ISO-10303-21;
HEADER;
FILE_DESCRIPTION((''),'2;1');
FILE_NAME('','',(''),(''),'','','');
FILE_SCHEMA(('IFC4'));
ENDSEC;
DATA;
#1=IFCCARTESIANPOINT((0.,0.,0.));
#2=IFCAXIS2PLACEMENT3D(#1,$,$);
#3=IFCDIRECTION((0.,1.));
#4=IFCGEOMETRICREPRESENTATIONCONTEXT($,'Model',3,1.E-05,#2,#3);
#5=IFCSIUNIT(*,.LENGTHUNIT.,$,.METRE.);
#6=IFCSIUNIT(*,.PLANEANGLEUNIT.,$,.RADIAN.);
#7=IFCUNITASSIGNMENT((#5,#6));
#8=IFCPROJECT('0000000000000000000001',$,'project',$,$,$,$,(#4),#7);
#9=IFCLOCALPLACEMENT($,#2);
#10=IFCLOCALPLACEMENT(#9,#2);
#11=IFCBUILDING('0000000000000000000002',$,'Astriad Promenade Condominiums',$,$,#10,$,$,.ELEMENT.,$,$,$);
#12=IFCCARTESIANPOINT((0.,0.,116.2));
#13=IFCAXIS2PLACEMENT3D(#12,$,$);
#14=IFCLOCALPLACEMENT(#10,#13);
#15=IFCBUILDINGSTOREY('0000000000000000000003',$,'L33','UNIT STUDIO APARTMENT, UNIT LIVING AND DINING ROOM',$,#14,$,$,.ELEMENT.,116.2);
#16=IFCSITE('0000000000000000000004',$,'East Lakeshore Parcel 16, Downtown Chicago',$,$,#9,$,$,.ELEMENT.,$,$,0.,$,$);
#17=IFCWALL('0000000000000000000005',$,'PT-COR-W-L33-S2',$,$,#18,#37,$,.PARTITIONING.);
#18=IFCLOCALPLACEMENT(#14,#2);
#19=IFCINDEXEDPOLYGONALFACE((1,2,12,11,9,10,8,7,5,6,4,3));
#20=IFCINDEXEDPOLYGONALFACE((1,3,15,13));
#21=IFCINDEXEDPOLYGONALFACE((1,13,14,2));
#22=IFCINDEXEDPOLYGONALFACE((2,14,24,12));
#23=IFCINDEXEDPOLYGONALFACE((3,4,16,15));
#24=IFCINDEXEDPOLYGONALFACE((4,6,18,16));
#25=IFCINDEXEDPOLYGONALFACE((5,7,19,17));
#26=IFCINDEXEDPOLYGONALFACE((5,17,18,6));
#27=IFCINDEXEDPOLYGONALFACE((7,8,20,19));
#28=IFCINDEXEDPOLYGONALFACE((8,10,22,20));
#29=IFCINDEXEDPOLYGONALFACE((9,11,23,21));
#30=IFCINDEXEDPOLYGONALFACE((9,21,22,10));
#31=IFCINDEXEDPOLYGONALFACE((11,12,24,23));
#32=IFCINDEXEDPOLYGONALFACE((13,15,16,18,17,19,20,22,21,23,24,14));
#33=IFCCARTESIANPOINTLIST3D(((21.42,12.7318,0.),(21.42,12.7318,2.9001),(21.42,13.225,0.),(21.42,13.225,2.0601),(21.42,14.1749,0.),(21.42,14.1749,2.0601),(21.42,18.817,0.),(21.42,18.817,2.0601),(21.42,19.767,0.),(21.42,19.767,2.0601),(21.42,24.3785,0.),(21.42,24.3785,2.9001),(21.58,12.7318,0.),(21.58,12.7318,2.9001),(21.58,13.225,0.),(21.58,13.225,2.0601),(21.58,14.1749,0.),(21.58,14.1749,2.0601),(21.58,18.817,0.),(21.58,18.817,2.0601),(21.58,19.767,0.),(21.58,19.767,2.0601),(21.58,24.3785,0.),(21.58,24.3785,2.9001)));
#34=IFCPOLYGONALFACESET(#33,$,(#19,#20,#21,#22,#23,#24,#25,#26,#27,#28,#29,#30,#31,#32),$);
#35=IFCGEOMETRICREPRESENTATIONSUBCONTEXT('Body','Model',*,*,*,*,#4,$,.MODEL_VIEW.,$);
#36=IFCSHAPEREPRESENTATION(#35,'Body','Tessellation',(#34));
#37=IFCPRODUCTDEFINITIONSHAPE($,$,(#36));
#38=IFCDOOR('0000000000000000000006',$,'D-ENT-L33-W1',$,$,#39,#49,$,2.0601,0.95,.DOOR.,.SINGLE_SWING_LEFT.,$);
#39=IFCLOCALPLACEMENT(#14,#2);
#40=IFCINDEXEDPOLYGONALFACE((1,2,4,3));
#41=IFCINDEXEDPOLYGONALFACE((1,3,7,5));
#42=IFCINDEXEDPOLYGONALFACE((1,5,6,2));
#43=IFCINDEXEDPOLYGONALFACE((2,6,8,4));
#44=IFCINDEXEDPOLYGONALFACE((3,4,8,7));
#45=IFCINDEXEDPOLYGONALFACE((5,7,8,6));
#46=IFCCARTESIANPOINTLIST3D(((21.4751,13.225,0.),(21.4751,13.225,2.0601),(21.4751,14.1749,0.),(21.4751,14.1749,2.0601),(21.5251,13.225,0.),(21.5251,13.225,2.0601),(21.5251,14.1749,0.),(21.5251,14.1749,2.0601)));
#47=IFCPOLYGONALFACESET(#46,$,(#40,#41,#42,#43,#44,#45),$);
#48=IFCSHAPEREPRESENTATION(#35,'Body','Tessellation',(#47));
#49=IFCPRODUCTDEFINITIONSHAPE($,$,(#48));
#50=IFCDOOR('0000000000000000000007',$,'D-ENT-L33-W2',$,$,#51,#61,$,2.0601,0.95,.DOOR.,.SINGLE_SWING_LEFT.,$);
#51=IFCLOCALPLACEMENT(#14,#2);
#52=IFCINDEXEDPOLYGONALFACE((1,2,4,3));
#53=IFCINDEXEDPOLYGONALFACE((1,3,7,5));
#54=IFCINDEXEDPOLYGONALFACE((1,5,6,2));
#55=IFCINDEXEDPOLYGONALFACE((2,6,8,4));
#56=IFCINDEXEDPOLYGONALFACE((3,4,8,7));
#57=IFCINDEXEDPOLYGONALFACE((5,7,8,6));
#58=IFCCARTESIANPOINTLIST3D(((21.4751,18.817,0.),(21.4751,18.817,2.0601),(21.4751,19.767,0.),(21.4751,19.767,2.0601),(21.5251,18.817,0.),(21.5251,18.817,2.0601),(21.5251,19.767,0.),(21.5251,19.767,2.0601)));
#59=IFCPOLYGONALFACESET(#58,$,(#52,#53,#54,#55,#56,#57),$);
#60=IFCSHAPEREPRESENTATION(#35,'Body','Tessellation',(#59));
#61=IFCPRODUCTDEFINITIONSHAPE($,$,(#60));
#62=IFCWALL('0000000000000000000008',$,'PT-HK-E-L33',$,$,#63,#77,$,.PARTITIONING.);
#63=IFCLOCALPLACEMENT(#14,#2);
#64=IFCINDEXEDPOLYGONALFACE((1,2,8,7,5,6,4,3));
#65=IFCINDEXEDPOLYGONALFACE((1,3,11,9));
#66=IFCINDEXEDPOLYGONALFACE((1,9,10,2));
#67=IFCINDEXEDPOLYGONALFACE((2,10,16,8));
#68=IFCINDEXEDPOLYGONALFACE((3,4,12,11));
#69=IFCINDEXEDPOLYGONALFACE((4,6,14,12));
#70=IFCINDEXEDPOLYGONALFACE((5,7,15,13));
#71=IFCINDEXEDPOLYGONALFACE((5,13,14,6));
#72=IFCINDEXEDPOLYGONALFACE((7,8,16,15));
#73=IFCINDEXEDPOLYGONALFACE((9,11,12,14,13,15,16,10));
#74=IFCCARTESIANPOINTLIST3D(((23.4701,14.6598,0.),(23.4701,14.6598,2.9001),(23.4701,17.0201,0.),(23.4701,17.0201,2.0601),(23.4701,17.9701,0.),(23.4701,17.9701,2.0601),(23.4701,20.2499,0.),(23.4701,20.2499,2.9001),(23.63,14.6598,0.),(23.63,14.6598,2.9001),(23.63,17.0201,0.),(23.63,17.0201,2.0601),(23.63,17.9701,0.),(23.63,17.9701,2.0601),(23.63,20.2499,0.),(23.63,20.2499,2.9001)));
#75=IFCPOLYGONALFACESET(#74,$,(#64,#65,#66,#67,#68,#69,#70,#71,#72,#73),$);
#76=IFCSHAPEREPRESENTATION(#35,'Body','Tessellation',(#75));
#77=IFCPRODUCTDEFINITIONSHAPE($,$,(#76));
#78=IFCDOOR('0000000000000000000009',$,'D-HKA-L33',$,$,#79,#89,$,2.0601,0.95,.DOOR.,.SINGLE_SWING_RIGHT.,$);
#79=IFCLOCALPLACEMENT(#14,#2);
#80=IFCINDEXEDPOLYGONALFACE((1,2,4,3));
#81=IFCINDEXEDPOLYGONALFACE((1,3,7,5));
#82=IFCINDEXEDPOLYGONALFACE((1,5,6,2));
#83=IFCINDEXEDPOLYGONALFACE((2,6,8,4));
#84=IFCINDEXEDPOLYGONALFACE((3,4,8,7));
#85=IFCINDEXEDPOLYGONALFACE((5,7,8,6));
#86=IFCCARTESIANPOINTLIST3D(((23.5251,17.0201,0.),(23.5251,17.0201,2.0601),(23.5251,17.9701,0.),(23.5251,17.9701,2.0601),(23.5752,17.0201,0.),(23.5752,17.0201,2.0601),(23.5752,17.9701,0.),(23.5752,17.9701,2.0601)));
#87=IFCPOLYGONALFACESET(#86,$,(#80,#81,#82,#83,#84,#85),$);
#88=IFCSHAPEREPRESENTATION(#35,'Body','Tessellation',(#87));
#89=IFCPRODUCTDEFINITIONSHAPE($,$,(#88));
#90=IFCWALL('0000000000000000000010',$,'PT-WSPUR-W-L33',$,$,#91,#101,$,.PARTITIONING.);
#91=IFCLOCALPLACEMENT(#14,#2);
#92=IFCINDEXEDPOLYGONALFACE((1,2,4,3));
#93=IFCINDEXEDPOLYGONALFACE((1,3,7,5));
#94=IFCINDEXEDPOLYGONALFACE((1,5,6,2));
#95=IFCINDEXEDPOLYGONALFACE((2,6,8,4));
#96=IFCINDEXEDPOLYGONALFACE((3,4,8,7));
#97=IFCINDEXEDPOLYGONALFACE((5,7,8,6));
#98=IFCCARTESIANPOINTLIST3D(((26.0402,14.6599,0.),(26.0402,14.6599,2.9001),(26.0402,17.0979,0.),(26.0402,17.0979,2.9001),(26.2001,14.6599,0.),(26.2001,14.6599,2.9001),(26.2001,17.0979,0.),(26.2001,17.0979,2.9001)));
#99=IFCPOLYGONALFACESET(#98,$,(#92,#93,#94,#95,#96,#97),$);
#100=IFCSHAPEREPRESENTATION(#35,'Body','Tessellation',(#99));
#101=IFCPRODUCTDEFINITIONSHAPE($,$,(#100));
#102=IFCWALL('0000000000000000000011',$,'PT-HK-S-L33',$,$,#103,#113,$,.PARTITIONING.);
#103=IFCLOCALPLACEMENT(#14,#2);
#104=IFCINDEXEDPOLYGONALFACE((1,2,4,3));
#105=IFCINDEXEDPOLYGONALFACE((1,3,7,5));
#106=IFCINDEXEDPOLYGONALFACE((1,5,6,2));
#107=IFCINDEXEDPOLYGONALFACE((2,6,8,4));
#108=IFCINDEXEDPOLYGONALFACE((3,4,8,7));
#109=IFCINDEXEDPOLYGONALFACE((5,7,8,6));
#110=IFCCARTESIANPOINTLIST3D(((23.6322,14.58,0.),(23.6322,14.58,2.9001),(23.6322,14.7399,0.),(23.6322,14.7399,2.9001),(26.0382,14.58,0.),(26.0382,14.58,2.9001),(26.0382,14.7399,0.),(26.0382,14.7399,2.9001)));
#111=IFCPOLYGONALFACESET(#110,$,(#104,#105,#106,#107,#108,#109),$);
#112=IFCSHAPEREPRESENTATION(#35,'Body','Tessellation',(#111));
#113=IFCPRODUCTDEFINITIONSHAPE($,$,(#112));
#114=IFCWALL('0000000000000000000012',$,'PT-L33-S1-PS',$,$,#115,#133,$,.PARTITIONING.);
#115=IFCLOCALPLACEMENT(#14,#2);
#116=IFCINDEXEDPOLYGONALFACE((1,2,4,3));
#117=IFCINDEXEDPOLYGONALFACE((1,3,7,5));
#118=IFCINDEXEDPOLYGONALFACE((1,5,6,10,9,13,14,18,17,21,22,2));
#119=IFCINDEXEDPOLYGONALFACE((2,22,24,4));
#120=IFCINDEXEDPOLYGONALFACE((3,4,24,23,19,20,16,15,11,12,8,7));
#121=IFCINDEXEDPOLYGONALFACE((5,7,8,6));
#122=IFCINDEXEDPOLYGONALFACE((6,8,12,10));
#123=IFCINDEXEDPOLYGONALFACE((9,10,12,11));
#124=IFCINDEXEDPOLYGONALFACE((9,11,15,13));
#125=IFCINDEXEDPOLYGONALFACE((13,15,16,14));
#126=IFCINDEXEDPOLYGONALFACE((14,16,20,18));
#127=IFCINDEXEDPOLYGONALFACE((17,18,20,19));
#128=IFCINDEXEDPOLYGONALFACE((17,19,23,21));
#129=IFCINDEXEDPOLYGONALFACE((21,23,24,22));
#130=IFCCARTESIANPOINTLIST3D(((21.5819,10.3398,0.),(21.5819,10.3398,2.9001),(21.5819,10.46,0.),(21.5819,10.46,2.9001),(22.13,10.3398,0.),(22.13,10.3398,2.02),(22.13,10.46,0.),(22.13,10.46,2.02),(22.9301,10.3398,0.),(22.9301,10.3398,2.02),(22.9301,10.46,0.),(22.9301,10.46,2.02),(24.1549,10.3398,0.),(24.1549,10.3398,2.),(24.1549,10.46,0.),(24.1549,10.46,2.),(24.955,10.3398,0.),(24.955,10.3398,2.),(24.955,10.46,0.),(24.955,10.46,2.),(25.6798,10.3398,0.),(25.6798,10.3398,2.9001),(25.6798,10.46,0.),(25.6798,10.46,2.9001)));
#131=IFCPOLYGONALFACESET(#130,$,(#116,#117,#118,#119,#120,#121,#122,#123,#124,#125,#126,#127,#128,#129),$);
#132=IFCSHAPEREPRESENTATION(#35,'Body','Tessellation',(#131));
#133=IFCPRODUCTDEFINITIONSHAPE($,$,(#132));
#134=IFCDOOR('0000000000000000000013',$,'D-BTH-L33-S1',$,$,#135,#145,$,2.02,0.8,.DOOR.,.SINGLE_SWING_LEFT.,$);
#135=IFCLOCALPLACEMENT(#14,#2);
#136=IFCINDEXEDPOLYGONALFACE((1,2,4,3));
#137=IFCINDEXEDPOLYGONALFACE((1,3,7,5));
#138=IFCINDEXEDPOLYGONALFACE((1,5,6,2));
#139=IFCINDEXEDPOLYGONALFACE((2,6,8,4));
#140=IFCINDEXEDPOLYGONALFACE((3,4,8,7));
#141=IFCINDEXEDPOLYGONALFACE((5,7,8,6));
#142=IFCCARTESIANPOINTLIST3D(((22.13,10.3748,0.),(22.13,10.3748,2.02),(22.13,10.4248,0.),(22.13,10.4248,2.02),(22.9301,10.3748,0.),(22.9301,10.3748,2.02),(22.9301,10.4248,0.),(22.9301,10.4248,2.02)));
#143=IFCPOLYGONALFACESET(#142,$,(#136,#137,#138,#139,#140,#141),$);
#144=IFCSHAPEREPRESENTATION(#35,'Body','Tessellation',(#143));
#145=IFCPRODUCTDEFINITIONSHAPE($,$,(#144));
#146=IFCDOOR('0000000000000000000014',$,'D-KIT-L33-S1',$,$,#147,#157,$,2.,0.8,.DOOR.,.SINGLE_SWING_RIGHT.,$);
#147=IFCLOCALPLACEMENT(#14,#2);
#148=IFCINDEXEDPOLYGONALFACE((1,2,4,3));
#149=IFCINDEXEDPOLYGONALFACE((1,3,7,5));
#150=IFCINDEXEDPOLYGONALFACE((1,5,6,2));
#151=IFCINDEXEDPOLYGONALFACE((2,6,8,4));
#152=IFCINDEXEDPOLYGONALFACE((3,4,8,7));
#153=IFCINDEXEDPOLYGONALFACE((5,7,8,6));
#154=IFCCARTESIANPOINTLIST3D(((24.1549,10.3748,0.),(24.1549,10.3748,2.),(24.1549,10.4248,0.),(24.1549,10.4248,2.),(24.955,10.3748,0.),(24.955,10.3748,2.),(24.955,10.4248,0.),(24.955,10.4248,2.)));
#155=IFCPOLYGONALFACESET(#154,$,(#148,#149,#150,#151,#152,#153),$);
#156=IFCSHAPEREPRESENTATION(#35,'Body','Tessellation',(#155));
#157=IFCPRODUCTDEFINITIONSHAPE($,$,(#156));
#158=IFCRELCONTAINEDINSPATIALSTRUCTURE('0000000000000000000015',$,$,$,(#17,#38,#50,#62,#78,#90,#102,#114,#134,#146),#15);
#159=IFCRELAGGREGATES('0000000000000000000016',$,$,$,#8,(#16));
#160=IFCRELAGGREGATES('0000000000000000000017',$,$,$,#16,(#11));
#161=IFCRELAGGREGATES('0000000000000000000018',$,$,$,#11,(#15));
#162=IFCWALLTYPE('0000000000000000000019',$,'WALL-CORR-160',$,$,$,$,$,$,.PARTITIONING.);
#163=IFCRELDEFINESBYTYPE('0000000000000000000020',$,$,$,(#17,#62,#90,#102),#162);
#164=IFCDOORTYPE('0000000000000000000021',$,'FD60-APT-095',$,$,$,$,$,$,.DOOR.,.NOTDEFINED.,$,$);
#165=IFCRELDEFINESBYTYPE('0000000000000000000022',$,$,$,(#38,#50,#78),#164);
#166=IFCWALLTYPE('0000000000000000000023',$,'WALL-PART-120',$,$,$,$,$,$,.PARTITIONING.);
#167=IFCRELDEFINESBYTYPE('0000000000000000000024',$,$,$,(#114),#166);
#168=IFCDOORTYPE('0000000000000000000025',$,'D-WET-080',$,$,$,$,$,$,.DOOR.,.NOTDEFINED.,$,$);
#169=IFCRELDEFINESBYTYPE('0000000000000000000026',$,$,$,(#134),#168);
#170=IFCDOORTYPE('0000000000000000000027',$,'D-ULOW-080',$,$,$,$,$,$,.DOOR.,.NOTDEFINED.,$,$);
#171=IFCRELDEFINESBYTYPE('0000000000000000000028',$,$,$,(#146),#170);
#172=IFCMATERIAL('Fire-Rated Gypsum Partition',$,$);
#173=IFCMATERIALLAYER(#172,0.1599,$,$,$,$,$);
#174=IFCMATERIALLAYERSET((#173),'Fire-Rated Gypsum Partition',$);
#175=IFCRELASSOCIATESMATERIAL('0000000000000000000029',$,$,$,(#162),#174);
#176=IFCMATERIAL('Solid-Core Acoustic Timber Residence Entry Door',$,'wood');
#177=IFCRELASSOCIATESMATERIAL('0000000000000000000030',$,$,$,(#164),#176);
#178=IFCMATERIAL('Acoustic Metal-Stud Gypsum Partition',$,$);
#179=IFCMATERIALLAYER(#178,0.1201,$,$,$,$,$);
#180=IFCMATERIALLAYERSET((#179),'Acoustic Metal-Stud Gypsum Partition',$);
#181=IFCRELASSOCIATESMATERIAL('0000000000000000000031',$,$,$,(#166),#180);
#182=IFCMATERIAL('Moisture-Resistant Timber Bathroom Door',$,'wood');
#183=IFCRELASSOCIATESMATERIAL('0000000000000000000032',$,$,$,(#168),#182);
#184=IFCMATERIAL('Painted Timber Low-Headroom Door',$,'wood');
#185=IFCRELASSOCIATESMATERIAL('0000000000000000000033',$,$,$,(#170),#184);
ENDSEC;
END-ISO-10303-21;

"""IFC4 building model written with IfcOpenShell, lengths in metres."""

from ifc_helpers import new_model, si_unit, direction, frame, frame_2d, origin, place, context, subcontext, project, spatial, rectangle, extrude, source, transform, mapped, material, layer, layer_set, type_object, type_shapes, element, fill, save


model = new_model("IFC4")

# Units and contexts
model_context = context("Model", 3, precision=1e-05, world=origin(), true_north=direction((0.0, 1.0)))
body_context = subcontext(model_context, "Body", "Model", "MODEL_VIEW")
ifc_project = project(units=[si_unit("LENGTHUNIT", "METRE"), si_unit("PLANEANGLEUNIT", "RADIAN")], contexts=[model_context])

# Site, building, storey
site_placement = place(None, origin())
site = spatial("IfcSite", under=ifc_project, at=site_placement, Name="East Lakeshore Parcel 16, Downtown Chicago", CompositionType="ELEMENT", RefElevation=0.0)
building_placement = place(site_placement, origin())
building = spatial("IfcBuilding", under=site, at=building_placement, Name="Astriad Promenade Condominiums", CompositionType="ELEMENT")
storey_placement = place(building_placement, frame((0.0, 0.0, 116.2)))
storey = spatial("IfcBuildingStorey", under=building, at=storey_placement, Name="L33", Description="UNIT STUDIO APARTMENT, UNIT LIVING AND DINING ROOM", CompositionType="ELEMENT", Elevation=116.2)

# Shared definitions
ifc_material_1 = material(Name="Fire-Rated Gypsum Partition")
ifc_layer_1 = layer(ifc_material_1, 0.1599)
ifc_layer_set_1 = layer_set([ifc_layer_1], Name="Fire-Rated Gypsum Partition")
wall_type_1 = type_object("IfcWallType", Name="WALL-CORR-160", PredefinedType="PARTITIONING", material=ifc_layer_set_1)

# Wall, openings, doors
wall_1_placement = place(storey_placement, frame((21.5, 12.7319, 0.0), z_axis=(0.0, 0.0, 1.0), x_axis=(0.0, 1.0, 0.0)))
wall_1 = element("IfcWall", 1, at=wall_1_placement, inside=storey, type_object=wall_type_1, Name="PT-COR-W-L33-S2", PredefinedType="PARTITIONING", context=body_context, shape_type="SweptSolid", body=[
    extrude(rectangle(XDim=11.6467, YDim=0.1599, at=frame_2d((5.8232, 0.0))), origin(), (0.0, 0.0, 1.0), 2.9001),
])
opening_1_placement = place(wall_1_placement, frame((0.4929, 0.0, 0.0)))
opening_1 = element("IfcOpeningElement", 2, at=opening_1_placement, cuts=wall_1, PredefinedType="OPENING", context=body_context, shape_type="SweptSolid", body=[
    extrude(rectangle(XDim=0.95, YDim=2.0601, at=frame_2d((0.4751, 1.03))), frame((0.0, 0.0898, 0.0), z_axis=(0.0, -1.0, 0.0), x_axis=(1.0, 0.0, 0.0)), (0.0, 0.0, 1.0), 0.1799),
])
opening_2_placement = place(wall_1_placement, frame((6.085, 0.0, 0.0)))
opening_2 = element("IfcOpeningElement", 3, at=opening_2_placement, cuts=wall_1, PredefinedType="OPENING", context=body_context, shape_type="SweptSolid", body=[
    extrude(rectangle(XDim=0.95, YDim=2.0601, at=frame_2d((0.4751, 1.03))), frame((0.0, 0.0898, 0.0), z_axis=(0.0, -1.0, 0.0), x_axis=(1.0, 0.0, 0.0)), (0.0, 0.0, 1.0), 0.1799),
])
ifc_material_2 = material(Name="Solid-Core Acoustic Timber Residence Entry Door", Category="wood")
door_type_1 = type_object("IfcDoorType", Name="FD60-APT-095", OperationType="NOTDEFINED", PredefinedType="DOOR", material=ifc_material_2)
shared_shape_1 = source(origin(), body_context, "Body", "SweptSolid", [
    extrude(rectangle(XDim=0.95, YDim=2.0601, at=frame_2d((0.4751, 1.03))), frame((0.0, 0.0249, 0.0), z_axis=(0.0, -1.0, 0.0), x_axis=(1.0, 0.0, 0.0)), (0.0, 0.0, 1.0), 0.05),
])
type_shapes(door_type_1, [shared_shape_1])
door_1_placement = place(opening_1_placement, origin())
door_1 = element("IfcDoor", 4, at=door_1_placement, inside=storey, type_object=door_type_1, Name="D-ENT-L33-W1", OperationType="SINGLE_SWING_LEFT", OverallHeight=2.0601, OverallWidth=0.95, PredefinedType="DOOR", context=body_context, shape_type="MappedRepresentation", body=[
    mapped(shared_shape_1, transform((0.0, 0.0, 0.0), scale=1.0)),
])
fill(opening_1, door_1)
door_2_placement = place(opening_2_placement, origin())
door_2 = element("IfcDoor", 5, at=door_2_placement, inside=storey, type_object=door_type_1, Name="D-ENT-L33-W2", OperationType="SINGLE_SWING_LEFT", OverallHeight=2.0601, OverallWidth=0.95, PredefinedType="DOOR", context=body_context, shape_type="MappedRepresentation", body=[
    mapped(shared_shape_1, transform((0.0, 0.0, 0.0), scale=1.0)),
])
fill(opening_2, door_2)

# Wall, opening, door
wall_2_placement = place(storey_placement, frame((23.55, 14.6599, 0.0), z_axis=(0.0, 0.0, 1.0), x_axis=(0.0, 1.0, 0.0)))
wall_2 = element("IfcWall", 6, at=wall_2_placement, inside=storey, type_object=wall_type_1, Name="PT-HK-E-L33", PredefinedType="PARTITIONING", context=body_context, shape_type="SweptSolid", body=[
    extrude(rectangle(XDim=5.5901, YDim=0.1599, at=frame_2d((2.7949, 0.0))), origin(), (0.0, 0.0, 1.0), 2.9001),
])
opening_3_placement = place(wall_2_placement, frame((2.3601, 0.0, 0.0)))
opening_3 = element("IfcOpeningElement", 7, at=opening_3_placement, cuts=wall_2, PredefinedType="OPENING", context=body_context, shape_type="SweptSolid", body=[
    extrude(rectangle(XDim=0.95, YDim=2.0601, at=frame_2d((0.4751, 1.03))), frame((0.0, 0.0898, 0.0), z_axis=(0.0, -1.0, 0.0), x_axis=(1.0, 0.0, 0.0)), (0.0, 0.0, 1.0), 0.1799),
])
door_3_placement = place(opening_3_placement, origin())
door_3 = element("IfcDoor", 8, at=door_3_placement, inside=storey, type_object=door_type_1, Name="D-HKA-L33", OperationType="SINGLE_SWING_RIGHT", OverallHeight=2.0601, OverallWidth=0.95, PredefinedType="DOOR", context=body_context, shape_type="MappedRepresentation", body=[
    mapped(shared_shape_1, transform((0.0, 0.0, 0.0), scale=1.0)),
])
fill(opening_3, door_3)

# Walls
wall_3_placement = place(storey_placement, frame((26.1201, 14.6599, 0.0), z_axis=(0.0, 0.0, 1.0), x_axis=(0.0, 1.0, 0.0)))
element("IfcWall", 9, at=wall_3_placement, inside=storey, type_object=wall_type_1, Name="PT-WSPUR-W-L33", PredefinedType="PARTITIONING", context=body_context, shape_type="SweptSolid", body=[
    extrude(rectangle(XDim=2.438, YDim=0.1599, at=frame_2d((1.219, 0.0))), origin(), (0.0, 0.0, 1.0), 2.9001),
])
wall_4_placement = place(storey_placement, frame((23.6321, 14.6599, 0.0), z_axis=(0.0, 0.0, 1.0), x_axis=(1.0, 0.0, 0.0)))
element("IfcWall", 10, at=wall_4_placement, inside=storey, type_object=wall_type_1, Name="PT-HK-S-L33", PredefinedType="PARTITIONING", context=body_context, shape_type="SweptSolid", body=[
    extrude(rectangle(XDim=2.406, YDim=0.1599, at=frame_2d((1.2031, 0.0))), origin(), (0.0, 0.0, 1.0), 2.9001),
])

# Wall, openings, doors
ifc_material_3 = material(Name="Acoustic Metal-Stud Gypsum Partition")
ifc_layer_2 = layer(ifc_material_3, 0.1201)
ifc_layer_set_2 = layer_set([ifc_layer_2], Name="Acoustic Metal-Stud Gypsum Partition")
wall_type_2 = type_object("IfcWallType", Name="WALL-PART-120", PredefinedType="PARTITIONING", material=ifc_layer_set_2)
wall_5_placement = place(storey_placement, frame((21.582, 10.3999, 0.0), z_axis=(0.0, 0.0, 1.0), x_axis=(1.0, 0.0, 0.0)))
wall_5 = element("IfcWall", 11, at=wall_5_placement, inside=storey, type_object=wall_type_2, Name="PT-L33-S1-PS", PredefinedType="PARTITIONING", context=body_context, shape_type="SweptSolid", body=[
    extrude(rectangle(XDim=4.0979, YDim=0.1201, at=frame_2d((2.0488, 0.0))), origin(), (0.0, 0.0, 1.0), 2.9001),
])
opening_4_placement = place(wall_5_placement, frame((0.5481, 0.0, 0.0)))
opening_4 = element("IfcOpeningElement", 12, at=opening_4_placement, cuts=wall_5, PredefinedType="OPENING", context=body_context, shape_type="SweptSolid", body=[
    extrude(rectangle(XDim=0.8, YDim=2.02, at=frame_2d((0.3999, 1.01))), frame((0.0, 0.0701, 0.0), z_axis=(0.0, -1.0, 0.0), x_axis=(1.0, 0.0, 0.0)), (0.0, 0.0, 1.0), 0.1401),
])
opening_5_placement = place(wall_5_placement, frame((2.573, 0.0, 0.0)))
opening_5 = element("IfcOpeningElement", 13, at=opening_5_placement, cuts=wall_5, PredefinedType="OPENING", context=body_context, shape_type="SweptSolid", body=[
    extrude(rectangle(XDim=0.8, YDim=2.0, at=frame_2d((0.3999, 1.0))), frame((0.0, 0.0701, 0.0), z_axis=(0.0, -1.0, 0.0), x_axis=(1.0, 0.0, 0.0)), (0.0, 0.0, 1.0), 0.1401),
])
ifc_material_4 = material(Name="Moisture-Resistant Timber Bathroom Door", Category="wood")
door_type_2 = type_object("IfcDoorType", Name="D-WET-080", OperationType="NOTDEFINED", PredefinedType="DOOR", material=ifc_material_4)
shared_shape_2 = source(origin(), body_context, "Body", "SweptSolid", [
    extrude(rectangle(XDim=0.8, YDim=2.02, at=frame_2d((0.3999, 1.01))), frame((0.0, 0.0249, 0.0), z_axis=(0.0, -1.0, 0.0), x_axis=(1.0, 0.0, 0.0)), (0.0, 0.0, 1.0), 0.05),
])
type_shapes(door_type_2, [shared_shape_2])
door_4_placement = place(opening_4_placement, origin())
door_4 = element("IfcDoor", 14, at=door_4_placement, inside=storey, type_object=door_type_2, Name="D-BTH-L33-S1", OperationType="SINGLE_SWING_LEFT", OverallHeight=2.02, OverallWidth=0.8, PredefinedType="DOOR", context=body_context, shape_type="MappedRepresentation", body=[
    mapped(shared_shape_2, transform((0.0, 0.0, 0.0), scale=1.0)),
])
fill(opening_4, door_4)
ifc_material_5 = material(Name="Painted Timber Low-Headroom Door", Category="wood")
door_type_3 = type_object("IfcDoorType", Name="D-ULOW-080", OperationType="NOTDEFINED", PredefinedType="DOOR", material=ifc_material_5)
shared_shape_3 = source(origin(), body_context, "Body", "SweptSolid", [
    extrude(rectangle(XDim=0.8, YDim=2.0, at=frame_2d((0.3999, 1.0))), frame((0.0, 0.0249, 0.0), z_axis=(0.0, -1.0, 0.0), x_axis=(1.0, 0.0, 0.0)), (0.0, 0.0, 1.0), 0.05),
])
type_shapes(door_type_3, [shared_shape_3])
door_5_placement = place(opening_5_placement, origin())
door_5 = element("IfcDoor", 15, at=door_5_placement, inside=storey, type_object=door_type_3, Name="D-KIT-L33-S1", OperationType="SINGLE_SWING_RIGHT", OverallHeight=2.0, OverallWidth=0.8, PredefinedType="DOOR", context=body_context, shape_type="MappedRepresentation", body=[
    mapped(shared_shape_3, transform((0.0, 0.0, 0.0), scale=1.0)),
])
fill(opening_5, door_5)

save(model, "model.ifc")
